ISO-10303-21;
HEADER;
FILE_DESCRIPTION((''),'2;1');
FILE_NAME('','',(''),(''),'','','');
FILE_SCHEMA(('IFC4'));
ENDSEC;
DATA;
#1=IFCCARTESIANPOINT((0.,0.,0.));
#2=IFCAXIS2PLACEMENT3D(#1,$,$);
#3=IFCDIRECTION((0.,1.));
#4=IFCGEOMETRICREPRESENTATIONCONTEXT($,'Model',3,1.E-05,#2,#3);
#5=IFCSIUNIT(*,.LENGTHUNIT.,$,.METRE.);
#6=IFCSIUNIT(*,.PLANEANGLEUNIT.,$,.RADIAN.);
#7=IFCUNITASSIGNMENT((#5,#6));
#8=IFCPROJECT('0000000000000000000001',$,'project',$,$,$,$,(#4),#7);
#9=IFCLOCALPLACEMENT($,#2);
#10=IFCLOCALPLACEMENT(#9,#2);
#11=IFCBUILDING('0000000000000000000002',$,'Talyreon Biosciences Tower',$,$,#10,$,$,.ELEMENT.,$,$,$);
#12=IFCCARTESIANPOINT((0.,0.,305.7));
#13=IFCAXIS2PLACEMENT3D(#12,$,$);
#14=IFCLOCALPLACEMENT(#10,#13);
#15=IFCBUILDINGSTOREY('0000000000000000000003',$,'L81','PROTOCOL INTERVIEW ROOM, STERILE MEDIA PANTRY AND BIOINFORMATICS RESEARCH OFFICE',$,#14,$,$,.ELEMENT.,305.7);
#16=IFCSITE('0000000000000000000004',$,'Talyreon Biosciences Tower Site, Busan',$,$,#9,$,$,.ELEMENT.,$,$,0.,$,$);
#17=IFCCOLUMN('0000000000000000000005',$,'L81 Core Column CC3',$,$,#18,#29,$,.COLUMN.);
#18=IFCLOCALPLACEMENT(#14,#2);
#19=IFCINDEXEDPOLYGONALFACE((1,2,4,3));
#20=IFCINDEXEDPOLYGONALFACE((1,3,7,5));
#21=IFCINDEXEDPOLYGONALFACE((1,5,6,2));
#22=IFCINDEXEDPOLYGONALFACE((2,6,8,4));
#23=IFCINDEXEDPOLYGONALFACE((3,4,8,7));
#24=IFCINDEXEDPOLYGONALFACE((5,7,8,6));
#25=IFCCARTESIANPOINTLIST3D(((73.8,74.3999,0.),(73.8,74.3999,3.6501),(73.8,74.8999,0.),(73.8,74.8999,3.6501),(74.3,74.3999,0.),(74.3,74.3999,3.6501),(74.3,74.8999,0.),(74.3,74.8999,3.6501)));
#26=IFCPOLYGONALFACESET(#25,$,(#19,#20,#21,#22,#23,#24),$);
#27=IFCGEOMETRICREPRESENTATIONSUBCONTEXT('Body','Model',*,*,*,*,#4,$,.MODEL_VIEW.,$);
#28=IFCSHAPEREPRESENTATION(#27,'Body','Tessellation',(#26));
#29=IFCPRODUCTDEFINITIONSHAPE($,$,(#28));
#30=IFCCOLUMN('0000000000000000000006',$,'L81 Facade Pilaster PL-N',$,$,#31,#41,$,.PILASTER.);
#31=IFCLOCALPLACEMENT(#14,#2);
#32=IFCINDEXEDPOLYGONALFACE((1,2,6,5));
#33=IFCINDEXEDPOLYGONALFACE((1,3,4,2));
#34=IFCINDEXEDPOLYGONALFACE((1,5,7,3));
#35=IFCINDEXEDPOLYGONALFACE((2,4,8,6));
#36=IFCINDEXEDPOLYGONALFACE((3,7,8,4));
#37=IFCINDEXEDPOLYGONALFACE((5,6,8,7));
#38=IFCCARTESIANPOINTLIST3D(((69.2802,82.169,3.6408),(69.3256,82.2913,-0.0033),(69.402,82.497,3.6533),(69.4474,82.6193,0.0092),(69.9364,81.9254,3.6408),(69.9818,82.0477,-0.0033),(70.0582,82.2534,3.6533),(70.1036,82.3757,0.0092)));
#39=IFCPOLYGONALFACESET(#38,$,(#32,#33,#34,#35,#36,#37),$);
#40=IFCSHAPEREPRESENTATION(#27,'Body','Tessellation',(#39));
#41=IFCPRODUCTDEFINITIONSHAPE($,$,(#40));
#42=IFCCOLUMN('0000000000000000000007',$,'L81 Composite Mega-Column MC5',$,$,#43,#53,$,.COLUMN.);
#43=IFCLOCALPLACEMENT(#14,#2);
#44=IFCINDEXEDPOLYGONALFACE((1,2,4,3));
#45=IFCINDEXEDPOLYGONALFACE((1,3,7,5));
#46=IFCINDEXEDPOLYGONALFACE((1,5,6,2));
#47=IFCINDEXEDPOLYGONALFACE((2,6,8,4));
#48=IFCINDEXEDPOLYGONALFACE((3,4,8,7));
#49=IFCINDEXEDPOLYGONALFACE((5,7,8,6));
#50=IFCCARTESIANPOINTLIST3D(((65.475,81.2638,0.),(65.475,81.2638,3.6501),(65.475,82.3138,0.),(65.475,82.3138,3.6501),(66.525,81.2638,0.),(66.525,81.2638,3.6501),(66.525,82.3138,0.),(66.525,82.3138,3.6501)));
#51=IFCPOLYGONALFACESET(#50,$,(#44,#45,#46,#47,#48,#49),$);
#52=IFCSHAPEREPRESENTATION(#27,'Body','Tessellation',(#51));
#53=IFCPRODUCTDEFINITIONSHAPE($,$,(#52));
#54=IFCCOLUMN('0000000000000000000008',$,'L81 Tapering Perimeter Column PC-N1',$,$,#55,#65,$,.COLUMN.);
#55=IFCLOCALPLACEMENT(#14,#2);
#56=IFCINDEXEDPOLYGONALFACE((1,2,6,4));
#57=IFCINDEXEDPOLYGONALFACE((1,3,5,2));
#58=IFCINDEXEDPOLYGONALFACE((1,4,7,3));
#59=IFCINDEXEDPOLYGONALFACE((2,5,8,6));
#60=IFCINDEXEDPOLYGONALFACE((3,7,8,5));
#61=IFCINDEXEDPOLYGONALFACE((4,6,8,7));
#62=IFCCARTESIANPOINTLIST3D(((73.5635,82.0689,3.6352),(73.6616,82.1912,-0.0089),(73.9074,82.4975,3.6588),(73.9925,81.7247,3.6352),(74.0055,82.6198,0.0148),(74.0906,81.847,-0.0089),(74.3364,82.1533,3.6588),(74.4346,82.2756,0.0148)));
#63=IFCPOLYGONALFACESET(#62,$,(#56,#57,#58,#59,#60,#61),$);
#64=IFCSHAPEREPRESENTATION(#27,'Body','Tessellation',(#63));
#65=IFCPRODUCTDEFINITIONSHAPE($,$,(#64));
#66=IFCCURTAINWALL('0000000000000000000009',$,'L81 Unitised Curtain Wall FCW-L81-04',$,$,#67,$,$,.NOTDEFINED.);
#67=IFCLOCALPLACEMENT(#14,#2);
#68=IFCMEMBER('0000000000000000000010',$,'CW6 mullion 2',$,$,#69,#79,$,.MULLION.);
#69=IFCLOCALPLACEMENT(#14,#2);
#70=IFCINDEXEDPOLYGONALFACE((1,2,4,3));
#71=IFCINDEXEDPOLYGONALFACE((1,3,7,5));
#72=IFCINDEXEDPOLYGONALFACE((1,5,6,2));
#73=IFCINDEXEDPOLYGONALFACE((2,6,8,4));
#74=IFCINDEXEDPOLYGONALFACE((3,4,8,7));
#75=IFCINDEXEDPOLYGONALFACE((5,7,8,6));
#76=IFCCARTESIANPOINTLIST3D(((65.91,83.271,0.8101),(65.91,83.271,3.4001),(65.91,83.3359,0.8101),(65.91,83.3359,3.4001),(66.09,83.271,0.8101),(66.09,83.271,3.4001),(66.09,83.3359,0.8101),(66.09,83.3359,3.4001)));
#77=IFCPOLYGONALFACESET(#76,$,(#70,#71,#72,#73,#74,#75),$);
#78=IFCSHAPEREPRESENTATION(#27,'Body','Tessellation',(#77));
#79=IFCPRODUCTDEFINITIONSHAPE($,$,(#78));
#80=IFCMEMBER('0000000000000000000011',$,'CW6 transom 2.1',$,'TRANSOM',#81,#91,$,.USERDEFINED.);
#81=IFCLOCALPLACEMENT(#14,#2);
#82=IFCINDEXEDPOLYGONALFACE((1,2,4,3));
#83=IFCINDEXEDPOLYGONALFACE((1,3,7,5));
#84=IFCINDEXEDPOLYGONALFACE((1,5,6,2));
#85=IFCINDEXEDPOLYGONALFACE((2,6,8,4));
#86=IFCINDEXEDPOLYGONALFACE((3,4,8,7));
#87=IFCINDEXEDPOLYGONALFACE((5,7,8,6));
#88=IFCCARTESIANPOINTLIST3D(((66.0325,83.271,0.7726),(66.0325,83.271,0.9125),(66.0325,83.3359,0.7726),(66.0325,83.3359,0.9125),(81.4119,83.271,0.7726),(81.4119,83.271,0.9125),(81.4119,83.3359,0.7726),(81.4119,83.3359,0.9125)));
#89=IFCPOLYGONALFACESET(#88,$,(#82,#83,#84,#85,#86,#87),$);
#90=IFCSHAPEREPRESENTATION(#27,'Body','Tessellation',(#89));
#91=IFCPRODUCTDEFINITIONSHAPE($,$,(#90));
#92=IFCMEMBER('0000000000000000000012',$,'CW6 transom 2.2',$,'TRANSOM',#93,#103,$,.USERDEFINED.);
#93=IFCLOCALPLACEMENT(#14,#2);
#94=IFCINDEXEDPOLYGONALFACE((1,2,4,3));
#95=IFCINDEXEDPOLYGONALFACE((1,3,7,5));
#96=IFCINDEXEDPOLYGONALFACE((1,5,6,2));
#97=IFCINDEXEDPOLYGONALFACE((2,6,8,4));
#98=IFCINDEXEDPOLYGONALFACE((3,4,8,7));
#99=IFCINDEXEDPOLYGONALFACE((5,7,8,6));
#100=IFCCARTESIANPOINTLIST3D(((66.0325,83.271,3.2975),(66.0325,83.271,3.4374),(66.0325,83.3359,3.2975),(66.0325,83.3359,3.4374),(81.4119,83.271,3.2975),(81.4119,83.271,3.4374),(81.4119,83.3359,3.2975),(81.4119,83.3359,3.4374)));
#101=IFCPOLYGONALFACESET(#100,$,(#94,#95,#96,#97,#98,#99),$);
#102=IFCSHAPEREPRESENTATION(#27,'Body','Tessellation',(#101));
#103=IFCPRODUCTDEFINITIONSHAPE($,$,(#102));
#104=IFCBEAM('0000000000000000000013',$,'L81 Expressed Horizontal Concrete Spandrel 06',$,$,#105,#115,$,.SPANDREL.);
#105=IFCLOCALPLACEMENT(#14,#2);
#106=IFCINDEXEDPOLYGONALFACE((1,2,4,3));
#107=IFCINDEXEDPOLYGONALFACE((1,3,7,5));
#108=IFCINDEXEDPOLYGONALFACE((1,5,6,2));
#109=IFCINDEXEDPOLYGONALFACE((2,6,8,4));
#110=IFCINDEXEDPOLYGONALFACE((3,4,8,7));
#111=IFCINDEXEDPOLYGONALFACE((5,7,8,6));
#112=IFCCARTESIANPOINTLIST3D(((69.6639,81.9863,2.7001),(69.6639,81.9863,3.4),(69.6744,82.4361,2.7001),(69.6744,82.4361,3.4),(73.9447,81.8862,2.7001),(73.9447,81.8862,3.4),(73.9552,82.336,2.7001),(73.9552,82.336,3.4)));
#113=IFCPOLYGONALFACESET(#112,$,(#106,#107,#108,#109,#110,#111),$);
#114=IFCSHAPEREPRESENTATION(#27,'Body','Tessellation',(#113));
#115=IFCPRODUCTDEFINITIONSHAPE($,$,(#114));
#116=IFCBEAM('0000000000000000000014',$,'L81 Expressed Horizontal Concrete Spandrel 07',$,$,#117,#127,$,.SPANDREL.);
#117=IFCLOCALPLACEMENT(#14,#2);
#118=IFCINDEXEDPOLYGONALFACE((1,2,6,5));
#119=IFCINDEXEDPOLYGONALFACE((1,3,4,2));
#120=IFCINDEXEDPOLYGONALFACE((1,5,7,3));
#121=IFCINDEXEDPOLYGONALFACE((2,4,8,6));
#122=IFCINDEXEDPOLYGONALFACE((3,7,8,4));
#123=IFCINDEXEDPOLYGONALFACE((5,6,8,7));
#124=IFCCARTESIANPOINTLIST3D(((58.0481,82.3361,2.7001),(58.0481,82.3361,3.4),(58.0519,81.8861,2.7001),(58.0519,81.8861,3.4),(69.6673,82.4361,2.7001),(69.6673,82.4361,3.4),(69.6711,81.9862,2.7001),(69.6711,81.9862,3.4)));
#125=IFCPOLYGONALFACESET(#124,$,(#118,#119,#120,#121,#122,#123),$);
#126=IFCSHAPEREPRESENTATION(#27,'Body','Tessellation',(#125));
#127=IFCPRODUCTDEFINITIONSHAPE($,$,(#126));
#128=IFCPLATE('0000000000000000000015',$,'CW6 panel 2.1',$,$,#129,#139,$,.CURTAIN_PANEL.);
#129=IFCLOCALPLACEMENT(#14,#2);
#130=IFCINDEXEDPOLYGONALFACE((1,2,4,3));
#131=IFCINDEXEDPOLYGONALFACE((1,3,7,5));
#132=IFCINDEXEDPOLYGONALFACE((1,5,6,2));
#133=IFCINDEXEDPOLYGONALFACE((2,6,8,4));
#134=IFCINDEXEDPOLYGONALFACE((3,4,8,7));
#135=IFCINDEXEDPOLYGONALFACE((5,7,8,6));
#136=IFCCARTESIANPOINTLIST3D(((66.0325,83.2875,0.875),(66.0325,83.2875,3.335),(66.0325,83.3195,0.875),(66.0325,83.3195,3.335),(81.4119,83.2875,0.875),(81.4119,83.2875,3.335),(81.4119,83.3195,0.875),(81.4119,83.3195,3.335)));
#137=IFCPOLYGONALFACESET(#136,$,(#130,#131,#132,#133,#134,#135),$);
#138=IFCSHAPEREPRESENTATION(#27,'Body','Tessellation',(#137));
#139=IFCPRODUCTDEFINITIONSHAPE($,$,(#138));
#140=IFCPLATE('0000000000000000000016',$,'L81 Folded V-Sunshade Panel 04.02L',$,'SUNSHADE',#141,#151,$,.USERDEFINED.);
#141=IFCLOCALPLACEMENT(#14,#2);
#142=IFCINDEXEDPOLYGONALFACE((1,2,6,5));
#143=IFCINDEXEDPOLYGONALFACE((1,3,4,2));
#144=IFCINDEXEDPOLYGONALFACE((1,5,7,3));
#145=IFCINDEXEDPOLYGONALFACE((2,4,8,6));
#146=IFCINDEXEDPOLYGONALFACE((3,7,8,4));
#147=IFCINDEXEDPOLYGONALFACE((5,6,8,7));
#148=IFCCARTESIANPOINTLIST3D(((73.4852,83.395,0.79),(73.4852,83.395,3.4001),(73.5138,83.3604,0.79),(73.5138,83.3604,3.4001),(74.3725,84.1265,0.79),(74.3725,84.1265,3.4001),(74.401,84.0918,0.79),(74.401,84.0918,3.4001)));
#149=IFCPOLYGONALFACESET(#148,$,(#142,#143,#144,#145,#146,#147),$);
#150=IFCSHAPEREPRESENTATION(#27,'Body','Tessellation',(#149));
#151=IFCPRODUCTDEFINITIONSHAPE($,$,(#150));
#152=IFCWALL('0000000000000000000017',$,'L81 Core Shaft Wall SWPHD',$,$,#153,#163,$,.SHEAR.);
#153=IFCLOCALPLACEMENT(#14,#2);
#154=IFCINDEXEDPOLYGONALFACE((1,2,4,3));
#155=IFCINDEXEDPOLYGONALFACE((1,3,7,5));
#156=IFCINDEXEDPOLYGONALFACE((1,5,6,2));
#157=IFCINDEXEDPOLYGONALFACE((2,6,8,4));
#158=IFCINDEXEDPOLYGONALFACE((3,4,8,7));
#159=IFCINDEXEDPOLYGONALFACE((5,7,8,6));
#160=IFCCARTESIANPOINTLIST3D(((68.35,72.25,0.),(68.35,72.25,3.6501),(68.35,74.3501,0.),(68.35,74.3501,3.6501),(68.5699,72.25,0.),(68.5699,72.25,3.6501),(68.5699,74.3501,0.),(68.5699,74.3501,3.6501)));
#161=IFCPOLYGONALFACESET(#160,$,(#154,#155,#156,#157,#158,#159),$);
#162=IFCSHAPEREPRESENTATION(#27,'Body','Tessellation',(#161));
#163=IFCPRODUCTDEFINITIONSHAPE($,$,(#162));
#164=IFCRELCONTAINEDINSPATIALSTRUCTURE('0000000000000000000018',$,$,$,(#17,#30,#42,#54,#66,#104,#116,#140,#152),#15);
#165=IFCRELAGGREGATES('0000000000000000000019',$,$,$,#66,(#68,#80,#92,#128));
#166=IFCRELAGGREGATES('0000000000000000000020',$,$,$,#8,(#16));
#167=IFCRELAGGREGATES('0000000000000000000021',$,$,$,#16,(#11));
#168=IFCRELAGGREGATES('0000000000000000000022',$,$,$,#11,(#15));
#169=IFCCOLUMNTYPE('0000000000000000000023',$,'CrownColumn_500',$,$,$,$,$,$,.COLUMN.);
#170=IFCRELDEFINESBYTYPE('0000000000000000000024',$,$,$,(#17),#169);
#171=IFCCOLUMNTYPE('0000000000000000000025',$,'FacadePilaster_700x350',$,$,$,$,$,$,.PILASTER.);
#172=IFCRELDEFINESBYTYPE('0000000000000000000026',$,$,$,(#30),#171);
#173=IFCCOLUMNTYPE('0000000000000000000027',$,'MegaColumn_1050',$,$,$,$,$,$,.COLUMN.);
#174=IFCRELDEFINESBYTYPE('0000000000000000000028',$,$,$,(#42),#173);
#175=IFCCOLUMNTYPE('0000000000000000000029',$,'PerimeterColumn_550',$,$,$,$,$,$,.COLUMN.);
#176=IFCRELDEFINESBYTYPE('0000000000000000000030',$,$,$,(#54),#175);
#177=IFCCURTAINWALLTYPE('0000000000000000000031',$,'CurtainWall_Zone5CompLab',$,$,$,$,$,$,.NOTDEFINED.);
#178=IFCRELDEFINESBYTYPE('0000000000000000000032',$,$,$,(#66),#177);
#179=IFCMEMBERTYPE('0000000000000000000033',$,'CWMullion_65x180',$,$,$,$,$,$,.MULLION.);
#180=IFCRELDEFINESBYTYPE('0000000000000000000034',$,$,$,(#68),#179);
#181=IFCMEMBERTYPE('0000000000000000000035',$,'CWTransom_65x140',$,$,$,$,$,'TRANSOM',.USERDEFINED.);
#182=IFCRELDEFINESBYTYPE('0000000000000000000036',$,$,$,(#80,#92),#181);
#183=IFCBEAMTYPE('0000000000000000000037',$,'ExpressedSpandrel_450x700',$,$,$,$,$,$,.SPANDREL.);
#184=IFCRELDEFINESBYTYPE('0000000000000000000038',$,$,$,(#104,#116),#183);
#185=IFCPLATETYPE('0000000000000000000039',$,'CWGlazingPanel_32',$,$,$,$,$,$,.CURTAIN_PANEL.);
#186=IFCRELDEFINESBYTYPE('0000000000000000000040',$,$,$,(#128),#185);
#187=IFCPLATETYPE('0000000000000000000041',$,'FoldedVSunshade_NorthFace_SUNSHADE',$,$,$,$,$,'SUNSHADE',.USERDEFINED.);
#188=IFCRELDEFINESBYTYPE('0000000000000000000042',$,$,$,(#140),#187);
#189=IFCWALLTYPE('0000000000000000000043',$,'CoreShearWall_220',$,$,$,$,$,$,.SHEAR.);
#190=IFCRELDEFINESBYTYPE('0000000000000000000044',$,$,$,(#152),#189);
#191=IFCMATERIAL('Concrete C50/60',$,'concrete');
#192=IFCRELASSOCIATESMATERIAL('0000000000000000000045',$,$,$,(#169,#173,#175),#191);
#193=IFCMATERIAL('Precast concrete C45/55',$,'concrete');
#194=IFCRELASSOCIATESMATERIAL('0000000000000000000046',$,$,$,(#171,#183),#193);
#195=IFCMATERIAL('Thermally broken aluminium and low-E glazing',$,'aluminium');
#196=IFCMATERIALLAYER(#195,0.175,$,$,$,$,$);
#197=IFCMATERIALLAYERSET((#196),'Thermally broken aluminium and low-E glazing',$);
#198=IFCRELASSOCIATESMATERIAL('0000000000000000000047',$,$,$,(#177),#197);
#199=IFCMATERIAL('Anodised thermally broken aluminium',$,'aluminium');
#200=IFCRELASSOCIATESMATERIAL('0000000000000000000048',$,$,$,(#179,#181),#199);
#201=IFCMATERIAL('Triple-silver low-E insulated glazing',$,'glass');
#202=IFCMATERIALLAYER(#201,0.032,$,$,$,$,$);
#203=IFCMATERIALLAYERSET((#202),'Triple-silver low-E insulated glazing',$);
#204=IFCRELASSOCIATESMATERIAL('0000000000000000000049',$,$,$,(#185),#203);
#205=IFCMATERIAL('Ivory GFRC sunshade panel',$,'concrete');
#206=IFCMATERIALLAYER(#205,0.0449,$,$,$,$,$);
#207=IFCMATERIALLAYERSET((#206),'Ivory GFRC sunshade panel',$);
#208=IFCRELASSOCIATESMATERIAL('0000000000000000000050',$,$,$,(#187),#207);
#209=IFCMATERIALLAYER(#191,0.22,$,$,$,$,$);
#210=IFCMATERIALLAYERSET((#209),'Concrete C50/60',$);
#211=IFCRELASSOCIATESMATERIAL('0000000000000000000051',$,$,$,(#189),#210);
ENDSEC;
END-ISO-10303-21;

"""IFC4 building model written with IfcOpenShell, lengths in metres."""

from ifc_helpers import new_model, si_unit, direction, frame, frame_2d, origin, origin_2d, place, context, subcontext, project, spatial, rectangle, extrude, material, layer, layer_set, material_profile, profile_set, type_object, element, aggregate, save


model = new_model("IFC4")

# Units and contexts
model_context = context("Model", 3, precision=1e-05, world=origin(), true_north=direction((0.0, 1.0)))
body_context = subcontext(model_context, "Body", "Model", "MODEL_VIEW")
ifc_project = project(units=[si_unit("LENGTHUNIT", "METRE"), si_unit("PLANEANGLEUNIT", "RADIAN")], contexts=[model_context])

# Site, building, storey
site_placement = place(None, origin())
site = spatial("IfcSite", under=ifc_project, at=site_placement, Name="Talyreon Biosciences Tower Site, Busan", CompositionType="ELEMENT", RefElevation=0.0)
building_placement = place(site_placement, origin())
building = spatial("IfcBuilding", under=site, at=building_placement, Name="Talyreon Biosciences Tower", CompositionType="ELEMENT")
storey_placement = place(building_placement, frame((0.0, 0.0, 305.7)))
storey = spatial("IfcBuildingStorey", under=building, at=storey_placement, Name="L81", Description="PROTOCOL INTERVIEW ROOM, STERILE MEDIA PANTRY AND BIOINFORMATICS RESEARCH OFFICE", CompositionType="ELEMENT", Elevation=305.7)

# Columns
ifc_material_1 = material(Name="Concrete C50/60", Category="concrete")
ifc_material_profile_1 = material_profile(ifc_material_1, rectangle(XDim=0.5, YDim=0.5, at=origin_2d()), Name="RC 500x500")
ifc_profile_set_1 = profile_set([ifc_material_profile_1], Name="Concrete C50/60")
column_type_1 = type_object("IfcColumnType", Name="CrownColumn_500", PredefinedType="COLUMN", material=ifc_profile_set_1)
column_1_placement = place(storey_placement, frame((74.05, 74.6499, 0.0), z_axis=(0.0, 0.0, 1.0), x_axis=(1.0, 0.0, 0.0)))
element("IfcColumn", 1, at=column_1_placement, inside=storey, type_object=column_type_1, Name="L81 Core Column CC3", PredefinedType="COLUMN", context=body_context, shape_type="SweptSolid", body=[
    extrude(rectangle(XDim=0.5, YDim=0.5, at=origin_2d()), origin(), (0.0, 0.0, 1.0), 3.6501),
])
ifc_material_2 = material(Name="Precast concrete C45/55", Category="concrete")
ifc_material_profile_2 = material_profile(ifc_material_2, rectangle(XDim=0.7, YDim=0.3501, at=origin_2d()), Name="RC 700x350")
ifc_profile_set_2 = profile_set([ifc_material_profile_2], Name="Precast concrete C45/55")
column_type_2 = type_object("IfcColumnType", Name="FacadePilaster_700x350", PredefinedType="PILASTER", material=ifc_profile_set_2)
column_2_placement = place(storey_placement, frame((69.7146, 82.3335, 0.0029), z_axis=(-0.012453, -0.033544, 0.99936), x_axis=(-0.937478, 0.348046, 0.0)))
element("IfcColumn", 2, at=column_2_placement, inside=storey, type_object=column_type_2, Name="L81 Facade Pilaster PL-N", PredefinedType="PILASTER", context=body_context, shape_type="SweptSolid", body=[
    extrude(rectangle(XDim=0.7, YDim=0.3501, at=origin_2d()), origin(), (0.0, 0.0, 1.0), 3.6465),
])
ifc_material_profile_3 = material_profile(ifc_material_1, rectangle(XDim=1.05, YDim=1.05, at=origin_2d()), Name="RC 1050x1050")
ifc_profile_set_3 = profile_set([ifc_material_profile_3], Name="Concrete C50/60")
column_type_3 = type_object("IfcColumnType", Name="MegaColumn_1050", PredefinedType="COLUMN", material=ifc_profile_set_3)
column_3_placement = place(storey_placement, frame((66.0, 81.7888, 0.0), z_axis=(0.0, 0.0, 1.0), x_axis=(1.0, 0.0, 0.0)))
element("IfcColumn", 3, at=column_3_placement, inside=storey, type_object=column_type_3, Name="L81 Composite Mega-Column MC5", PredefinedType="COLUMN", context=body_context, shape_type="SweptSolid", body=[
    extrude(rectangle(XDim=1.05, YDim=1.05, at=origin_2d()), origin(), (0.0, 0.0, 1.0), 3.6501),
])
ifc_material_profile_4 = material_profile(ifc_material_1, rectangle(XDim=0.55, YDim=0.55, at=origin_2d()), Name="RC 550x550")
ifc_profile_set_4 = profile_set([ifc_material_profile_4], Name="Concrete C50/60")
column_type_4 = type_object("IfcColumnType", Name="PerimeterColumn_550", PredefinedType="COLUMN", material=ifc_profile_set_4)
column_4_placement = place(storey_placement, frame((74.0481, 82.2334, 0.0029), z_axis=(-0.026908, -0.033535, 0.999075), x_axis=(-0.779957, 0.625834, 0.0)))
element("IfcColumn", 4, at=column_4_placement, inside=storey, type_object=column_type_4, Name="L81 Tapering Perimeter Column PC-N1", PredefinedType="COLUMN", context=body_context, shape_type="SweptSolid", body=[
    extrude(rectangle(XDim=0.55, YDim=0.55, at=origin_2d()), origin(), (0.0, 0.0, 1.0), 3.6475),
])

# Curtain wall, members
ifc_material_3 = material(Name="Thermally broken aluminium and low-E glazing", Category="aluminium")
ifc_layer_1 = layer(ifc_material_3, 0.175)
ifc_layer_set_1 = layer_set([ifc_layer_1], Name="Thermally broken aluminium and low-E glazing")
curtain_wall_type = type_object("IfcCurtainWallType", Name="CurtainWall_Zone5CompLab", PredefinedType="NOTDEFINED", material=ifc_layer_set_1)
curtain_wall_placement = place(storey_placement, origin())
curtain_wall = element("IfcCurtainWall", 5, at=curtain_wall_placement, inside=storey, type_object=curtain_wall_type, Name="L81 Unitised Curtain Wall FCW-L81-04", PredefinedType="NOTDEFINED")
ifc_material_4 = material(Name="Anodised thermally broken aluminium", Category="aluminium")
ifc_material_profile_5 = material_profile(ifc_material_4, rectangle(XDim=0.0649, YDim=0.1799, at=origin_2d()), Name="ALUM MULLION 65x180")
ifc_profile_set_5 = profile_set([ifc_material_profile_5], Name="Anodised thermally broken aluminium")
member_type_1 = type_object("IfcMemberType", Name="CWMullion_65x180", PredefinedType="MULLION", material=ifc_profile_set_5)
member_1_placement = place(storey_placement, frame((66.0, 83.3035, 0.8101), z_axis=(0.0, 0.0, 1.0), x_axis=(0.0, 1.0, 0.0)))
member_1 = element("IfcMember", 6, at=member_1_placement, type_object=member_type_1, Name="CW6 mullion 2", PredefinedType="MULLION", context=body_context, shape_type="SweptSolid", body=[
    extrude(rectangle(XDim=0.0649, YDim=0.1799, at=origin_2d()), origin(), (0.0, 0.0, 1.0), 2.5901),
])
ifc_material_profile_6 = material_profile(ifc_material_4, rectangle(XDim=0.0649, YDim=0.1399, at=origin_2d()), Name="ALUM TRANSOM 65x140")
ifc_profile_set_6 = profile_set([ifc_material_profile_6], Name="Anodised thermally broken aluminium")
member_type_2 = type_object("IfcMemberType", Name="CWTransom_65x140", ElementType="TRANSOM", PredefinedType="USERDEFINED", material=ifc_profile_set_6)
member_2_placement = place(storey_placement, frame((66.0325, 83.3035, 0.8425), z_axis=(1.0, 0.0, 0.0), x_axis=(0.0, 1.0, 0.0)))
member_2 = element("IfcMember", 7, at=member_2_placement, type_object=member_type_2, Name="CW6 transom 2.1", ObjectType="TRANSOM", PredefinedType="USERDEFINED", context=body_context, shape_type="SweptSolid", body=[
    extrude(rectangle(XDim=0.0649, YDim=0.1399, at=origin_2d()), origin(), (0.0, 0.0, 1.0), 15.3794),
])
member_3_placement = place(storey_placement, frame((66.0325, 83.3035, 3.3674), z_axis=(1.0, 0.0, 0.0), x_axis=(0.0, 1.0, 0.0)))
member_3 = element("IfcMember", 8, at=member_3_placement, type_object=member_type_2, Name="CW6 transom 2.2", ObjectType="TRANSOM", PredefinedType="USERDEFINED", context=body_context, shape_type="SweptSolid", body=[
    extrude(rectangle(XDim=0.0649, YDim=0.1399, at=origin_2d()), origin(), (0.0, 0.0, 1.0), 15.3794),
])

# Beams
ifc_material_profile_7 = material_profile(ifc_material_2, rectangle(XDim=0.45, YDim=0.7, at=origin_2d()), Name="RCB 450x700")
ifc_profile_set_7 = profile_set([ifc_material_profile_7], Name="Precast concrete C45/55")
beam_type = type_object("IfcBeamType", Name="ExpressedSpandrel_450x700", PredefinedType="SPANDREL", material=ifc_profile_set_7)
beam_1_placement = place(storey_placement, frame((73.95, 82.1111, 3.05), z_axis=(-0.999727, 0.023377, 0.0), x_axis=(-0.023377, -0.999727, 0.0)))
element("IfcBeam", 9, at=beam_1_placement, inside=storey, type_object=beam_type, Name="L81 Expressed Horizontal Concrete Spandrel 06", PredefinedType="SPANDREL", context=body_context, shape_type="SweptSolid", body=[
    extrude(rectangle(XDim=0.45, YDim=0.7, at=origin_2d()), origin(), (0.0, 0.0, 1.0), 4.282),
])
beam_2_placement = place(storey_placement, frame((69.6692, 82.2112, 3.05), z_axis=(-0.999963, -0.008615, 0.0), x_axis=(0.008615, -0.999963, 0.0)))
element("IfcBeam", 10, at=beam_2_placement, inside=storey, type_object=beam_type, Name="L81 Expressed Horizontal Concrete Spandrel 07", PredefinedType="SPANDREL", context=body_context, shape_type="SweptSolid", body=[
    extrude(rectangle(XDim=0.45, YDim=0.7, at=origin_2d()), origin(), (0.0, 0.0, 1.0), 11.6196),
])

# Plates
ifc_material_5 = material(Name="Triple-silver low-E insulated glazing", Category="glass")
ifc_layer_2 = layer(ifc_material_5, 0.032)
ifc_layer_set_2 = layer_set([ifc_layer_2], Name="Triple-silver low-E insulated glazing")
plate_type_1 = type_object("IfcPlateType", Name="CWGlazingPanel_32", PredefinedType="CURTAIN_PANEL", material=ifc_layer_set_2)
plate_1_placement = place(storey_placement, frame((73.7222, 83.3035, 0.875), z_axis=(0.0, 0.0, 1.0), x_axis=(1.0, 0.0, 0.0)))
plate_1 = element("IfcPlate", 11, at=plate_1_placement, type_object=plate_type_1, Name="CW6 panel 2.1", PredefinedType="CURTAIN_PANEL", context=body_context, shape_type="SweptSolid", body=[
    extrude(rectangle(XDim=15.3794, YDim=0.032, at=origin_2d()), origin(), (0.0, 0.0, 1.0), 2.46),
])
aggregate(curtain_wall, [member_1, member_2, member_3, plate_1])
ifc_material_6 = material(Name="Ivory GFRC sunshade panel", Category="concrete")
ifc_layer_3 = layer(ifc_material_6, 0.0449)
ifc_layer_set_3 = layer_set([ifc_layer_3], Name="Ivory GFRC sunshade panel")
plate_type_2 = type_object("IfcPlateType", Name="FoldedVSunshade_NorthFace_SUNSHADE", ElementType="SUNSHADE", PredefinedType="USERDEFINED", material=ifc_layer_set_3)
plate_2_placement = place(storey_placement, frame((73.9431, 83.7434, 0.79), z_axis=(0.0, 0.0, 1.0), x_axis=(0.771625, 0.636078, 0.0)))
element("IfcPlate", 12, at=plate_2_placement, inside=storey, type_object=plate_type_2, Name="L81 Folded V-Sunshade Panel 04.02L", ObjectType="SUNSHADE", PredefinedType="USERDEFINED", context=body_context, shape_type="SweptSolid", body=[
    extrude(rectangle(XDim=1.1499, YDim=0.0449, at=origin_2d()), origin(), (0.0, 0.0, 1.0), 2.6101),
])

# Wall
ifc_layer_4 = layer(ifc_material_1, 0.22)
ifc_layer_set_4 = layer_set([ifc_layer_4], Name="Concrete C50/60")
wall_type_1 = type_object("IfcWallType", Name="CoreShearWall_220", PredefinedType="SHEAR", material=ifc_layer_set_4)
wall_1_placement = place(storey_placement, frame((68.46, 72.25, 0.0), z_axis=(0.0, 0.0, 1.0), x_axis=(0.0, 1.0, 0.0)))
element("IfcWall", 13, at=wall_1_placement, inside=storey, type_object=wall_type_1, Name="L81 Core Shaft Wall SWPHD", PredefinedType="SHEAR", context=body_context, shape_type="SweptSolid", body=[
    extrude(rectangle(XDim=2.1001, YDim=0.22, at=frame_2d((1.05, 0.0))), origin(), (0.0, 0.0, 1.0), 3.6501),
])

save(model, "model.ifc")
